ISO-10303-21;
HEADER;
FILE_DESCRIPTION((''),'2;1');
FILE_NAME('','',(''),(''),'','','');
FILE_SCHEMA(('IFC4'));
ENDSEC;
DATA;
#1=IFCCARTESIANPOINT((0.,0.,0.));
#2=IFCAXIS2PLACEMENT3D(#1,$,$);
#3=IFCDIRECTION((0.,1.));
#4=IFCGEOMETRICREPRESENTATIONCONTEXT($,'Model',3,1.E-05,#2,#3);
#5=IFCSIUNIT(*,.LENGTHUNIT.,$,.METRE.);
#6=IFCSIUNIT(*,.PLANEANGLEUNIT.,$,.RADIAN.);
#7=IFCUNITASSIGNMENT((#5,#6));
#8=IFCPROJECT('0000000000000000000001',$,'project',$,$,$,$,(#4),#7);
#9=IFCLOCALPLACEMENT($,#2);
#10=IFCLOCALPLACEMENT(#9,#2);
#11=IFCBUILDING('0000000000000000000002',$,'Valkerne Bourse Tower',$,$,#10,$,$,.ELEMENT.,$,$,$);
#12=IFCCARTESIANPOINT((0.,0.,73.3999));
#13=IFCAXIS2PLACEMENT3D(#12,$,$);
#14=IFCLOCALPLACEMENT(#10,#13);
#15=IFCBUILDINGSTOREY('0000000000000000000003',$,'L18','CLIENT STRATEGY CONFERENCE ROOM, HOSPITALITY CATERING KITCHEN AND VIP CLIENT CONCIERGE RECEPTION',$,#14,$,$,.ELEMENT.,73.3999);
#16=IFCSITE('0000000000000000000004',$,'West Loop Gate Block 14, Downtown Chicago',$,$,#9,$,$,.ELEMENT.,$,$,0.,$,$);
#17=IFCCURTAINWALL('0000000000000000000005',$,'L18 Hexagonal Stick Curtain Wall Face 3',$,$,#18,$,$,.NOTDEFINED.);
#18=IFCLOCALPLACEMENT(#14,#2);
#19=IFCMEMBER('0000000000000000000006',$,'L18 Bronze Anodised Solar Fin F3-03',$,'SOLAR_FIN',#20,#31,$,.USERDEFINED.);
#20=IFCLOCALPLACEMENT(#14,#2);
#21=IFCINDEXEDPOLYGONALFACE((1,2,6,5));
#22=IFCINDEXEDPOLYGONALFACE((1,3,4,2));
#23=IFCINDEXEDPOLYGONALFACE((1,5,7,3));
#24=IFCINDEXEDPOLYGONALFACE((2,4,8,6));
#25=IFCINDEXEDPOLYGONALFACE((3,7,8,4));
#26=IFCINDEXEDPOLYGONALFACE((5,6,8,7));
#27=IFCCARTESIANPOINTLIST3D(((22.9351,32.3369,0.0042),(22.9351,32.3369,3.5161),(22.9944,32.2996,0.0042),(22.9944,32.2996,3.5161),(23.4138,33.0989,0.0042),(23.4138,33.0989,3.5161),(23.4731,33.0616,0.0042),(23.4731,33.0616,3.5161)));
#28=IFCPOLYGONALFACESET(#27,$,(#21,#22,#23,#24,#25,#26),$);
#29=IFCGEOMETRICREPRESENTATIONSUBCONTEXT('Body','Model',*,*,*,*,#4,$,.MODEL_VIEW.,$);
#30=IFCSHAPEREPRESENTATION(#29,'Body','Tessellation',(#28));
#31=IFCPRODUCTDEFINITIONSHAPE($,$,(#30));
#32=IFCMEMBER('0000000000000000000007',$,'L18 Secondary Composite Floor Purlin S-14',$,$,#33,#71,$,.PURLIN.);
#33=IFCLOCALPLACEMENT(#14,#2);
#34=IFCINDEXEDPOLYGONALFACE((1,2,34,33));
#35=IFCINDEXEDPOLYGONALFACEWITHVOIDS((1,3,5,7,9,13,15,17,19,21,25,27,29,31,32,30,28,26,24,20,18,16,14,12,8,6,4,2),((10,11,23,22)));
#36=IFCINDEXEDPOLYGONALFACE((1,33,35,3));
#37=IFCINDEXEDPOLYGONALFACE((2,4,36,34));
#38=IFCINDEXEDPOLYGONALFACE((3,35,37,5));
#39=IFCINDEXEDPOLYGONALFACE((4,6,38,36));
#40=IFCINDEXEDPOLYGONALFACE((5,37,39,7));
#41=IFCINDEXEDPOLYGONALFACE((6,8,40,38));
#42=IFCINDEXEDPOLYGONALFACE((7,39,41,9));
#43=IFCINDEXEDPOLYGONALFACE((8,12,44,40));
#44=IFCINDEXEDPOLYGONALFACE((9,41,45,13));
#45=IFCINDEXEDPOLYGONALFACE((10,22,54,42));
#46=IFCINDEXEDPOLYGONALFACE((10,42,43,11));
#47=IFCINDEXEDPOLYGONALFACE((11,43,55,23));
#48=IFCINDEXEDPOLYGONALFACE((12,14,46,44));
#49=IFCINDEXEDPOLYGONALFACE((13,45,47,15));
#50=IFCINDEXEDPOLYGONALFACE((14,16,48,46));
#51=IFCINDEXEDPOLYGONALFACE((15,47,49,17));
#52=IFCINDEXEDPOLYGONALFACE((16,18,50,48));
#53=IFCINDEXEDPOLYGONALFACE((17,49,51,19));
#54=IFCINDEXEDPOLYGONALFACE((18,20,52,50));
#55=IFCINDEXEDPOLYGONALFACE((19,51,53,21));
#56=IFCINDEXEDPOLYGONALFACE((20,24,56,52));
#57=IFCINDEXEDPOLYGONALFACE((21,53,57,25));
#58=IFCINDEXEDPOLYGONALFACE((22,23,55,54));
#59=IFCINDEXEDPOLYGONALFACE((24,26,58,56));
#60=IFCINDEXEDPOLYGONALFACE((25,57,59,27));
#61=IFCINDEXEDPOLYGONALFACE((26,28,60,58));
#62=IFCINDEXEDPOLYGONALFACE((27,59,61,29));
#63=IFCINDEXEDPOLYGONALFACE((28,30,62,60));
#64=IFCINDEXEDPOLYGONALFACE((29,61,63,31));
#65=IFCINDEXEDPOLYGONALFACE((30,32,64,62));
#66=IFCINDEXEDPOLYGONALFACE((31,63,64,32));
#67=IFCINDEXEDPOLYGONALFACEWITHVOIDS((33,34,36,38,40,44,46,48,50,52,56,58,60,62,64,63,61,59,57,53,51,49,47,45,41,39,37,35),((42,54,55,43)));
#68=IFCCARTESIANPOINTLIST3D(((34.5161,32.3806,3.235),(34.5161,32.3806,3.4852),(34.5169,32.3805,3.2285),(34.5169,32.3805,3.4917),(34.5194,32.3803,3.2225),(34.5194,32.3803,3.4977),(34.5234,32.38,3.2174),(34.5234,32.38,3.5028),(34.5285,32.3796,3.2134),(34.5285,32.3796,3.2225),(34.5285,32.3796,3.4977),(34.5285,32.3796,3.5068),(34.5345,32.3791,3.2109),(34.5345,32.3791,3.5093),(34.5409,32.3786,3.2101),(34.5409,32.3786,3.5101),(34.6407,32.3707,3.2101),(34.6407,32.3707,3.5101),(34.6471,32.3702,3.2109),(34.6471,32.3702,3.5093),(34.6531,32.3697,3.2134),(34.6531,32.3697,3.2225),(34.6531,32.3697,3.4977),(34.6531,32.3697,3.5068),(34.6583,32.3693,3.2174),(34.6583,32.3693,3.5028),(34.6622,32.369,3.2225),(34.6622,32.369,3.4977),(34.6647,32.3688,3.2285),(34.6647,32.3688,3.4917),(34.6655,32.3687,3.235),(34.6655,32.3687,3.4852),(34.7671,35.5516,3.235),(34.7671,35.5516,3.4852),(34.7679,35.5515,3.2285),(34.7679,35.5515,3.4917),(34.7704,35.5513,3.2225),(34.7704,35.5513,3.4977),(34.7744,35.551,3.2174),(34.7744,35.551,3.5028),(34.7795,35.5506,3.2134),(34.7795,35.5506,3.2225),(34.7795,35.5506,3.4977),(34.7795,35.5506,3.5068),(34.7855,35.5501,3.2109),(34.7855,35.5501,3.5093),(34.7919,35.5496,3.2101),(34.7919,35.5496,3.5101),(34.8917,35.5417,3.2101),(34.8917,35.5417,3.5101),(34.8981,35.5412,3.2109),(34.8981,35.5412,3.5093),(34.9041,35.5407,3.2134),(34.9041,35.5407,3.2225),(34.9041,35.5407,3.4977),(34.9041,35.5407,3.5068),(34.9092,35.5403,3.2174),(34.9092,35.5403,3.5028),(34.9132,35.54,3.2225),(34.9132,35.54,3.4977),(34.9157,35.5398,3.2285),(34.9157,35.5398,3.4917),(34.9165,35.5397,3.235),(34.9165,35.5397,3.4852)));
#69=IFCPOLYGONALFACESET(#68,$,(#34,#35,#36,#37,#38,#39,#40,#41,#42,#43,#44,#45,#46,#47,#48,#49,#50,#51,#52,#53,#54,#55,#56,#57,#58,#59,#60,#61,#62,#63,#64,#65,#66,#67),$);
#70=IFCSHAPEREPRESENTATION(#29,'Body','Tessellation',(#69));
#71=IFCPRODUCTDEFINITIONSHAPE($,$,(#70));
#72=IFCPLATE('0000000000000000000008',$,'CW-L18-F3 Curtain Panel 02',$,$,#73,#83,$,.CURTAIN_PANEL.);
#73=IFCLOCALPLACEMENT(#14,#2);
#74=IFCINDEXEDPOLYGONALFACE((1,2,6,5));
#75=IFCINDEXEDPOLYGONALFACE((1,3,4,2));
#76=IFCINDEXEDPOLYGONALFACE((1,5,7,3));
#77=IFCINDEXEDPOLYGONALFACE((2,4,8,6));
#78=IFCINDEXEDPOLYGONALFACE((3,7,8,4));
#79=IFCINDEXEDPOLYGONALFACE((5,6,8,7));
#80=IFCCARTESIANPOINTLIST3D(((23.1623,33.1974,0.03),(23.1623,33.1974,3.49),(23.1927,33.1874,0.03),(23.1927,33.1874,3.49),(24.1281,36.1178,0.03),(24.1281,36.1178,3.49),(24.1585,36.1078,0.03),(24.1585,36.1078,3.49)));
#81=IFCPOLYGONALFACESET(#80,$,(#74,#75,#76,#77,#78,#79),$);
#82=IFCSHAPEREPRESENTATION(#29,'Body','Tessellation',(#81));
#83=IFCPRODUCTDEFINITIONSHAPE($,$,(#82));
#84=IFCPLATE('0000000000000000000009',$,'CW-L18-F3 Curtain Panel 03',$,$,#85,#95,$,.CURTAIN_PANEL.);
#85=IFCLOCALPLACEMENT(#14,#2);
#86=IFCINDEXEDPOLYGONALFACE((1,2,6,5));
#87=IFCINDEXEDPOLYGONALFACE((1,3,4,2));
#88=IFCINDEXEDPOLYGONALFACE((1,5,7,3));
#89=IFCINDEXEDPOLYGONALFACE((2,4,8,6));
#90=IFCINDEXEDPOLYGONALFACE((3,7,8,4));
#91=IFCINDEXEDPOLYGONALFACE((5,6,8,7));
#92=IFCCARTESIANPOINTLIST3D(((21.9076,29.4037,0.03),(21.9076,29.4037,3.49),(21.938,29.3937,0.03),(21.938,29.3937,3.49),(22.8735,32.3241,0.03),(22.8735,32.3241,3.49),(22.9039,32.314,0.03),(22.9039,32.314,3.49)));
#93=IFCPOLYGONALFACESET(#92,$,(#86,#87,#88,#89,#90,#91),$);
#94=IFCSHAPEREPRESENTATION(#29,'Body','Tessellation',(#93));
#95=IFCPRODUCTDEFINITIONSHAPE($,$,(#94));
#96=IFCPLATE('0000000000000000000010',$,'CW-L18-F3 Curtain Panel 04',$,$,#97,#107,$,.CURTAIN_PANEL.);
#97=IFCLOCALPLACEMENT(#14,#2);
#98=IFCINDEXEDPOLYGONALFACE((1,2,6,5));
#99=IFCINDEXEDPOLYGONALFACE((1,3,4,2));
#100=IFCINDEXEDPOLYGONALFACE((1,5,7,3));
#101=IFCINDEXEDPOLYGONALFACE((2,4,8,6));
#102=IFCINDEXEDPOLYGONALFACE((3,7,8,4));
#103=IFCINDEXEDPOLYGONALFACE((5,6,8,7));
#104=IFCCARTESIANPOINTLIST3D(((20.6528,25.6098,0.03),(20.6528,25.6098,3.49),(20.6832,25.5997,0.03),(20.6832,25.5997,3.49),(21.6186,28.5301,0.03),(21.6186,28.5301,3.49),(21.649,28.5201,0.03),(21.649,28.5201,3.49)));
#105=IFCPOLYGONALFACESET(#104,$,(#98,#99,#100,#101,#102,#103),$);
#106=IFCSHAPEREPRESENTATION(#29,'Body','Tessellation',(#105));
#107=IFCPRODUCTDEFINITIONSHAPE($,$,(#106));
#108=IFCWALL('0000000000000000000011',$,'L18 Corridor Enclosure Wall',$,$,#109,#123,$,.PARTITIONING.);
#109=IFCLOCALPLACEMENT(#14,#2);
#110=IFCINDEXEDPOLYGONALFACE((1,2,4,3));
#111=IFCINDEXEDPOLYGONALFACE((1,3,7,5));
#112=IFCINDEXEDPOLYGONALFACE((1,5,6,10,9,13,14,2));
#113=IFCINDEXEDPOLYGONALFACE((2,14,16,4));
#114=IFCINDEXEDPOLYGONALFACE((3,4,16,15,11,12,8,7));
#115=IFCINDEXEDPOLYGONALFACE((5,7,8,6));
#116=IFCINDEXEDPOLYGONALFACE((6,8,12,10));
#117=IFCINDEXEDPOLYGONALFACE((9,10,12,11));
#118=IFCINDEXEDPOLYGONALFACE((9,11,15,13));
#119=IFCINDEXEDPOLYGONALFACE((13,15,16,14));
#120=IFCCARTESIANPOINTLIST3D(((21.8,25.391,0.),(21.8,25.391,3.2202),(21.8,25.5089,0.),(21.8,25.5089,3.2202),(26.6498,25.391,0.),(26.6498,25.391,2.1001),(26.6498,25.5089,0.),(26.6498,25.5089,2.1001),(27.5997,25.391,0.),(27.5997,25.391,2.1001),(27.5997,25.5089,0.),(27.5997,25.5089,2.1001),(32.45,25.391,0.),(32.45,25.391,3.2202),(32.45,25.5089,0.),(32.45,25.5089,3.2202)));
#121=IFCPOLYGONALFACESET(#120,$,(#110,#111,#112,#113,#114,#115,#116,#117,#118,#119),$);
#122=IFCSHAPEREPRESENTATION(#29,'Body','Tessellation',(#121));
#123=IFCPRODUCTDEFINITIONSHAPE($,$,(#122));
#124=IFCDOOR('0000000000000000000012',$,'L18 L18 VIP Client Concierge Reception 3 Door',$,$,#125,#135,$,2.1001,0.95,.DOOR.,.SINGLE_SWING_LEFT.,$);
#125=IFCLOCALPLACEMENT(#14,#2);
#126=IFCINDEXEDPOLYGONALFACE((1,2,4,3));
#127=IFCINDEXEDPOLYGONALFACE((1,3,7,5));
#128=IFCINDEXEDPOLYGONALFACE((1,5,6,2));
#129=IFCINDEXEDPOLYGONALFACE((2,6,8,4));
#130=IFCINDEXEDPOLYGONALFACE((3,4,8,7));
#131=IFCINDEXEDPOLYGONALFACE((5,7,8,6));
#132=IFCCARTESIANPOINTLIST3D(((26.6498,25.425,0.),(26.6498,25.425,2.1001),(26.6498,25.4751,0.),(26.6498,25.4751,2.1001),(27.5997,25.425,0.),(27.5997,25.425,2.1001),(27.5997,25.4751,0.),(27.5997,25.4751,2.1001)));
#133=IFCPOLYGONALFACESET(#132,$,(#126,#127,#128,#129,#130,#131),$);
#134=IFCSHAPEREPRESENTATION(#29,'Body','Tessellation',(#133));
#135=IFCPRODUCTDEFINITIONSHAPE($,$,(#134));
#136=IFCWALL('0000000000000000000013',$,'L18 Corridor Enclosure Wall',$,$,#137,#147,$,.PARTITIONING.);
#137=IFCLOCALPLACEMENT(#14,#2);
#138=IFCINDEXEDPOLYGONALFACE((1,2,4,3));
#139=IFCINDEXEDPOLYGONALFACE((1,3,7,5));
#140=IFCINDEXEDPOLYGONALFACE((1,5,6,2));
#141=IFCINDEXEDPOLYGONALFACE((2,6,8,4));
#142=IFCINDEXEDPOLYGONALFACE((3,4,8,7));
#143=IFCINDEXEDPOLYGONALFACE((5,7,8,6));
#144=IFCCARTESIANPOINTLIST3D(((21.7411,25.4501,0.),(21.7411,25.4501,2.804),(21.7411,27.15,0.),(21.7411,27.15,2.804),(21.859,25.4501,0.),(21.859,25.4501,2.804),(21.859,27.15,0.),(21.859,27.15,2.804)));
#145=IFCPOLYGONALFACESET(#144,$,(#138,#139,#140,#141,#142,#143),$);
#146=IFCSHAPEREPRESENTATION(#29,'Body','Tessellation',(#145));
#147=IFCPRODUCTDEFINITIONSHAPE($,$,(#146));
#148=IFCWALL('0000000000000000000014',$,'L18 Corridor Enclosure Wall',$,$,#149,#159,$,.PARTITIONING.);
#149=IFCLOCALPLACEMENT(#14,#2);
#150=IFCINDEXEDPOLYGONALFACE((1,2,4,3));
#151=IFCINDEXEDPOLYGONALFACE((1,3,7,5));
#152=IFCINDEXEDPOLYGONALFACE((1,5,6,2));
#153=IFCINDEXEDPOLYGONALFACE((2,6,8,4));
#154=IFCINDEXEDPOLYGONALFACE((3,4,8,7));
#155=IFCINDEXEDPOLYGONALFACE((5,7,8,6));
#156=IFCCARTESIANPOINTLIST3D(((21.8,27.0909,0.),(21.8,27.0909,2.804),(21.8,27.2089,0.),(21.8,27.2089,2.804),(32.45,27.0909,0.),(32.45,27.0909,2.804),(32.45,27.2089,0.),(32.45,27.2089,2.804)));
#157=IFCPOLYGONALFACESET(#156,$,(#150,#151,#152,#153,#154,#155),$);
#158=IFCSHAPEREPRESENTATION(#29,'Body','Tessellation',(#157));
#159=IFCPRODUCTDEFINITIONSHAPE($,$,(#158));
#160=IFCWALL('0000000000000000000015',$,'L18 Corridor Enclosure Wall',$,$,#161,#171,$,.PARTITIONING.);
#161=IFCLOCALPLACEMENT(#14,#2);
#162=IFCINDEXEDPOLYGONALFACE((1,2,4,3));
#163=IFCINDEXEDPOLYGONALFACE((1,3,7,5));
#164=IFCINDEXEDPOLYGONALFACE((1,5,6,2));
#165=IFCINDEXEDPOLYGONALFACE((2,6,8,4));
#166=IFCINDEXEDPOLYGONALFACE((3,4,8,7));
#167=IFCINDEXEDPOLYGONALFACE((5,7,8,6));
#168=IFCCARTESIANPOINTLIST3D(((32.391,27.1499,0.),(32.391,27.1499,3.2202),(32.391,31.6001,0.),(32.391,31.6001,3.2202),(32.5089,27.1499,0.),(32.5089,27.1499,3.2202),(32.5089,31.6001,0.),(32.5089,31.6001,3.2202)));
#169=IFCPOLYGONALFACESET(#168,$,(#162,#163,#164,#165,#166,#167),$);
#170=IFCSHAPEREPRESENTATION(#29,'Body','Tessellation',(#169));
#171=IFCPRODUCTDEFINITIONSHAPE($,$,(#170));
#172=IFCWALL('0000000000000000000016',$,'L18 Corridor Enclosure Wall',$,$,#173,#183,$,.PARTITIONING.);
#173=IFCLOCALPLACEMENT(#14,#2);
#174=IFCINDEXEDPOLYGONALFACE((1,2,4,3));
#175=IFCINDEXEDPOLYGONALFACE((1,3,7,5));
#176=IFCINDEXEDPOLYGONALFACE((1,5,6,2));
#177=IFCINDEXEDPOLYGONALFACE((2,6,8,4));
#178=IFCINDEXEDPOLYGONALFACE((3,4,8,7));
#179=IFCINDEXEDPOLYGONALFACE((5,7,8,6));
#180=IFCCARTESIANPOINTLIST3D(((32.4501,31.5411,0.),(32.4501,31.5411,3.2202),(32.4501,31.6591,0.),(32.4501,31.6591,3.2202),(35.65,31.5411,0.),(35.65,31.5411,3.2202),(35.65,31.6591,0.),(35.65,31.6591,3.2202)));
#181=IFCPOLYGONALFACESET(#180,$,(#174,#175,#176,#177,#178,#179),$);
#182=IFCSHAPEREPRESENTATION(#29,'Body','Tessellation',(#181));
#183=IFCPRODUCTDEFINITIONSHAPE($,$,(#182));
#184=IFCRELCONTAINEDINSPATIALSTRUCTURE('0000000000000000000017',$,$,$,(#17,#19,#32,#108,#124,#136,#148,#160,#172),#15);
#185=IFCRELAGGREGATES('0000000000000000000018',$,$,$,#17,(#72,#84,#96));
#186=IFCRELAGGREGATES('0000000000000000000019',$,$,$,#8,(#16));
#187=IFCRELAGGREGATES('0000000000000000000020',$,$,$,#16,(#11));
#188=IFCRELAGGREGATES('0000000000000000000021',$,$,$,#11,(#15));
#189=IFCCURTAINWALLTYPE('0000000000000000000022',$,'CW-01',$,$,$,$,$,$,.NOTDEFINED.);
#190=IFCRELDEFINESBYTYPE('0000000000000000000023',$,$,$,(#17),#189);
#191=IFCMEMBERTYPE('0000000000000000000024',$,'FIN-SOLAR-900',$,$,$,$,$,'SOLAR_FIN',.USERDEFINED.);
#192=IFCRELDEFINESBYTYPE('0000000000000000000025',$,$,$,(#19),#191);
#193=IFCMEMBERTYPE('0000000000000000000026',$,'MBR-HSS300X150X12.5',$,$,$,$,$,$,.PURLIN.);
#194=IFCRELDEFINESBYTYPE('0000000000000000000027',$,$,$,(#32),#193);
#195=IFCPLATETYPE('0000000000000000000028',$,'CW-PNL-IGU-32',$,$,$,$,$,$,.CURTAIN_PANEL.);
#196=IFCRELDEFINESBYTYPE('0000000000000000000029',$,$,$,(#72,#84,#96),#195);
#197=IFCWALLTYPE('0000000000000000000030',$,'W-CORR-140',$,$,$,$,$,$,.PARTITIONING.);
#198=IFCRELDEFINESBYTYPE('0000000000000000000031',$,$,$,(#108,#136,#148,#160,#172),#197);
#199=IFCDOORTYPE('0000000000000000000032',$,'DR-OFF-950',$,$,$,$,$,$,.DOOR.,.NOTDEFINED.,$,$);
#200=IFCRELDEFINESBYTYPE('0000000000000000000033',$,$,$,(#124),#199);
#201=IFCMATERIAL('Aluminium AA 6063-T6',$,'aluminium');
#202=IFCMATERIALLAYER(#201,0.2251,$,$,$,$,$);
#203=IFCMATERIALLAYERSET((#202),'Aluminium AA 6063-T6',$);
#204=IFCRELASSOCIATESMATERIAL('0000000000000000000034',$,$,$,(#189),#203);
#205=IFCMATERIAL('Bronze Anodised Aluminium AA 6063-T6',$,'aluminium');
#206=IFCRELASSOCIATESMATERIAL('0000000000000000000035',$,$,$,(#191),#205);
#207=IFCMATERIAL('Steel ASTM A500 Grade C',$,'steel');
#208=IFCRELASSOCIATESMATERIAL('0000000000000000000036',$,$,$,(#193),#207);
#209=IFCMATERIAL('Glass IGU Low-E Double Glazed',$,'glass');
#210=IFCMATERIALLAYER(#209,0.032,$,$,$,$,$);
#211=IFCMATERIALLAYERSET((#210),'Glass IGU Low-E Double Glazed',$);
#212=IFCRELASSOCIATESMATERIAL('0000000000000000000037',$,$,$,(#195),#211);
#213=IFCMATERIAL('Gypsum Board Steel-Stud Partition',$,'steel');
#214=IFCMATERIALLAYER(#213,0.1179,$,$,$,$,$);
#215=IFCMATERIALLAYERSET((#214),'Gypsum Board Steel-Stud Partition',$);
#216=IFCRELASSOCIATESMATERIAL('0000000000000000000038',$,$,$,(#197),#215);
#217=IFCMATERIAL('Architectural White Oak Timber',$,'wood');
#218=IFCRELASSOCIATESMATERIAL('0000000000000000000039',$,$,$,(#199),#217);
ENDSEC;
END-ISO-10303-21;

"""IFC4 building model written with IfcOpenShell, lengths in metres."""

from ifc_helpers import new_model, si_unit, direction, frame, frame_2d, origin, origin_2d, place, context, subcontext, project, spatial, rectangle, hollow_rectangle, extrude, material, layer, layer_set, material_profile, profile_set, type_object, element, fill, aggregate, save


model = new_model("IFC4")

# Units and contexts
model_context = context("Model", 3, precision=1e-05, world=origin(), true_north=direction((0.0, 1.0)))
body_context = subcontext(model_context, "Body", "Model", "MODEL_VIEW")
ifc_project = project(units=[si_unit("LENGTHUNIT", "METRE"), si_unit("PLANEANGLEUNIT", "RADIAN")], contexts=[model_context])

# Site, building, storey
site_placement = place(None, origin())
site = spatial("IfcSite", under=ifc_project, at=site_placement, Name="West Loop Gate Block 14, Downtown Chicago", CompositionType="ELEMENT", RefElevation=0.0)
building_placement = place(site_placement, origin())
building = spatial("IfcBuilding", under=site, at=building_placement, Name="Valkerne Bourse Tower", CompositionType="ELEMENT")
storey_placement = place(building_placement, frame((0.0, 0.0, 73.3999)))
storey = spatial("IfcBuildingStorey", under=building, at=storey_placement, Name="L18", Description="CLIENT STRATEGY CONFERENCE ROOM, HOSPITALITY CATERING KITCHEN AND VIP CLIENT CONCIERGE RECEPTION", CompositionType="ELEMENT", Elevation=73.3999)

# Curtain wall
ifc_material_1 = material(Name="Aluminium AA 6063-T6", Category="aluminium")
ifc_layer_1 = layer(ifc_material_1, 0.2251)
ifc_layer_set_1 = layer_set([ifc_layer_1], Name="Aluminium AA 6063-T6")
curtain_wall_type = type_object("IfcCurtainWallType", Name="CW-01", PredefinedType="NOTDEFINED", material=ifc_layer_set_1)
curtain_wall_placement = place(storey_placement, origin())
curtain_wall = element("IfcCurtainWall", 1, at=curtain_wall_placement, inside=storey, type_object=curtain_wall_type, Name="L18 Hexagonal Stick Curtain Wall Face 3", PredefinedType="NOTDEFINED")

# Members
ifc_material_2 = material(Name="Bronze Anodised Aluminium AA 6063-T6", Category="aluminium")
ifc_material_profile_1 = material_profile(ifc_material_2, rectangle(XDim=0.0701, YDim=0.8999, at=origin_2d()), Name="FIN-70X900")
ifc_profile_set_1 = profile_set([ifc_material_profile_1], Name="Bronze Anodised Aluminium AA 6063-T6")
member_type_1 = type_object("IfcMemberType", Name="FIN-SOLAR-900", ElementType="SOLAR_FIN", PredefinedType="USERDEFINED", material=ifc_profile_set_1)
member_1_placement = place(storey_placement, frame((23.2041, 32.6992, 0.0042), z_axis=(0.0, 0.0, 1.0), x_axis=(-0.846749, 0.531992, 0.0)))
element("IfcMember", 2, at=member_1_placement, inside=storey, type_object=member_type_1, Name="L18 Bronze Anodised Solar Fin F3-03", ObjectType="SOLAR_FIN", PredefinedType="USERDEFINED", context=body_context, shape_type="SweptSolid", body=[
    extrude(rectangle(XDim=0.0701, YDim=0.8999, at=origin_2d()), origin(), (0.0, 0.0, 1.0), 3.512),
])
ifc_material_3 = material(Name="Steel ASTM A500 Grade C", Category="steel")
ifc_material_profile_2 = material_profile(ifc_material_3, hollow_rectangle(XDim=0.1499, YDim=0.3, WallThickness=0.0125, OuterFilletRadius=0.0249, at=origin_2d()), Name="HSS300X150X12.5")
ifc_profile_set_2 = profile_set([ifc_material_profile_2], Name="Steel ASTM A500 Grade C")
member_type_2 = type_object("IfcMemberType", Name="MBR-HSS300X150X12.5", PredefinedType="PURLIN", material=ifc_profile_set_2)
member_2_placement = place(storey_placement, frame((34.8418, 35.5457, 3.3601), z_axis=(-0.078903, -0.996882, 0.0), x_axis=(0.996882, -0.078903, 0.0)))
element("IfcMember", 3, at=member_2_placement, inside=storey, type_object=member_type_2, Name="L18 Secondary Composite Floor Purlin S-14", PredefinedType="PURLIN", context=body_context, shape_type="SweptSolid", body=[
    extrude(hollow_rectangle(XDim=0.1499, YDim=0.3, WallThickness=0.0125, OuterFilletRadius=0.0249, at=origin_2d()), origin(), (0.0, 0.0, 1.0), 3.1809),
])

# Plates
ifc_material_4 = material(Name="Glass IGU Low-E Double Glazed", Category="glass")
ifc_layer_2 = layer(ifc_material_4, 0.032)
ifc_layer_set_2 = layer_set([ifc_layer_2], Name="Glass IGU Low-E Double Glazed")
plate_type = type_object("IfcPlateType", Name="CW-PNL-IGU-32", PredefinedType="CURTAIN_PANEL", material=ifc_layer_set_2)
plate_1_placement = place(storey_placement, frame((23.6604, 34.6526, 0.03), z_axis=(0.0, 0.0, 1.0), x_axis=(-0.31399, -0.949426, 0.0)))
plate_1 = element("IfcPlate", 4, at=plate_1_placement, type_object=plate_type, Name="CW-L18-F3 Curtain Panel 02", PredefinedType="CURTAIN_PANEL", context=body_context, shape_type="SweptSolid", body=[
    extrude(rectangle(XDim=3.0759, YDim=0.032, at=origin_2d()), origin(), (0.0, 0.0, 1.0), 3.46),
])
plate_2_placement = place(storey_placement, frame((22.4058, 30.8589, 0.03), z_axis=(0.0, 0.0, 1.0), x_axis=(-0.314012, -0.949419, 0.0)))
plate_2 = element("IfcPlate", 5, at=plate_2_placement, type_object=plate_type, Name="CW-L18-F3 Curtain Panel 03", PredefinedType="CURTAIN_PANEL", context=body_context, shape_type="SweptSolid", body=[
    extrude(rectangle(XDim=3.0759, YDim=0.032, at=origin_2d()), origin(), (0.0, 0.0, 1.0), 3.46),
])
plate_3_placement = place(storey_placement, frame((21.1509, 27.0649, 0.03), z_axis=(0.0, 0.0, 1.0), x_axis=(-0.31399, -0.949426, 0.0)))
plate_3 = element("IfcPlate", 6, at=plate_3_placement, type_object=plate_type, Name="CW-L18-F3 Curtain Panel 04", PredefinedType="CURTAIN_PANEL", context=body_context, shape_type="SweptSolid", body=[
    extrude(rectangle(XDim=3.0759, YDim=0.032, at=origin_2d()), origin(), (0.0, 0.0, 1.0), 3.46),
])
aggregate(curtain_wall, [plate_1, plate_2, plate_3])

# Wall, opening, door
ifc_material_5 = material(Name="Gypsum Board Steel-Stud Partition", Category="steel")
ifc_layer_3 = layer(ifc_material_5, 0.1179)
ifc_layer_set_3 = layer_set([ifc_layer_3], Name="Gypsum Board Steel-Stud Partition")
wall_type_1 = type_object("IfcWallType", Name="W-CORR-140", PredefinedType="PARTITIONING", material=ifc_layer_set_3)
wall_1_placement = place(storey_placement, frame((32.45, 25.45, 0.0), z_axis=(0.0, 0.0, 1.0), x_axis=(-1.0, 0.0, 0.0)))
wall_1 = element("IfcWall", 7, at=wall_1_placement, inside=storey, type_object=wall_type_1, Name="L18 Corridor Enclosure Wall", PredefinedType="PARTITIONING", context=body_context, shape_type="SweptSolid", body=[
    extrude(rectangle(XDim=10.6499, YDim=0.1179, at=frame_2d((5.325, 0.0))), origin(), (0.0, 0.0, 1.0), 3.2202),
])
opening_placement = place(wall_1_placement, frame((4.8501, 0.0, 0.0)))
opening = element("IfcOpeningElement", 8, at=opening_placement, cuts=wall_1, PredefinedType="OPENING", context=body_context, shape_type="SweptSolid", body=[
    extrude(rectangle(XDim=0.95, YDim=2.1001, at=frame_2d((0.4751, 1.05))), frame((0.0, 0.0688, 0.0), z_axis=(0.0, -1.0, 0.0), x_axis=(1.0, 0.0, 0.0)), (0.0, 0.0, 1.0), 0.1379),
])
ifc_material_6 = material(Name="Architectural White Oak Timber", Category="wood")
door_type = type_object("IfcDoorType", Name="DR-OFF-950", OperationType="NOTDEFINED", PredefinedType="DOOR", material=ifc_material_6)
door_placement = place(opening_placement, origin())
door = element("IfcDoor", 9, at=door_placement, inside=storey, type_object=door_type, Name="L18 L18 VIP Client Concierge Reception 3 Door", OperationType="SINGLE_SWING_LEFT", OverallHeight=2.1001, OverallWidth=0.95, PredefinedType="DOOR", context=body_context, shape_type="SweptSolid", body=[
    extrude(rectangle(XDim=0.95, YDim=2.1001, at=frame_2d((0.4751, 1.05))), frame((0.0, 0.0249, 0.0), z_axis=(0.0, -1.0, 0.0), x_axis=(1.0, 0.0, 0.0)), (0.0, 0.0, 1.0), 0.05),
])
fill(opening, door)

# Walls
wall_2_placement = place(storey_placement, frame((21.8, 25.45, 0.0), z_axis=(0.0, 0.0, 1.0), x_axis=(0.0, 1.0, 0.0)))
element("IfcWall", 10, at=wall_2_placement, inside=storey, type_object=wall_type_1, Name="L18 Corridor Enclosure Wall", PredefinedType="PARTITIONING", context=body_context, shape_type="SweptSolid", body=[
    extrude(rectangle(XDim=1.7, YDim=0.1179, at=frame_2d((0.8501, 0.0))), origin(), (0.0, 0.0, 1.0), 2.804),
])
wall_3_placement = place(storey_placement, frame((21.8, 27.1499, 0.0), z_axis=(0.0, 0.0, 1.0), x_axis=(1.0, 0.0, 0.0)))
element("IfcWall", 11, at=wall_3_placement, inside=storey, type_object=wall_type_1, Name="L18 Corridor Enclosure Wall", PredefinedType="PARTITIONING", context=body_context, shape_type="SweptSolid", body=[
    extrude(rectangle(XDim=10.6499, YDim=0.1179, at=frame_2d((5.325, 0.0))), origin(), (0.0, 0.0, 1.0), 2.804),
])
wall_4_placement = place(storey_placement, frame((32.45, 27.1499, 0.0), z_axis=(0.0, 0.0, 1.0), x_axis=(0.0, 1.0, 0.0)))
element("IfcWall", 12, at=wall_4_placement, inside=storey, type_object=wall_type_1, Name="L18 Corridor Enclosure Wall", PredefinedType="PARTITIONING", context=body_context, shape_type="SweptSolid", body=[
    extrude(rectangle(XDim=4.4502, YDim=0.1179, at=frame_2d((2.2251, 0.0))), origin(), (0.0, 0.0, 1.0), 3.2202),
])
wall_5_placement = place(storey_placement, frame((32.45, 31.6001, 0.0), z_axis=(0.0, 0.0, 1.0), x_axis=(1.0, 0.0, 0.0)))
element("IfcWall", 13, at=wall_5_placement, inside=storey, type_object=wall_type_1, Name="L18 Corridor Enclosure Wall", PredefinedType="PARTITIONING", context=body_context, shape_type="SweptSolid", body=[
    extrude(rectangle(XDim=3.2, YDim=0.1179, at=frame_2d((1.6001, 0.0))), origin(), (0.0, 0.0, 1.0), 3.2202),
])

save(model, "model.ifc")
